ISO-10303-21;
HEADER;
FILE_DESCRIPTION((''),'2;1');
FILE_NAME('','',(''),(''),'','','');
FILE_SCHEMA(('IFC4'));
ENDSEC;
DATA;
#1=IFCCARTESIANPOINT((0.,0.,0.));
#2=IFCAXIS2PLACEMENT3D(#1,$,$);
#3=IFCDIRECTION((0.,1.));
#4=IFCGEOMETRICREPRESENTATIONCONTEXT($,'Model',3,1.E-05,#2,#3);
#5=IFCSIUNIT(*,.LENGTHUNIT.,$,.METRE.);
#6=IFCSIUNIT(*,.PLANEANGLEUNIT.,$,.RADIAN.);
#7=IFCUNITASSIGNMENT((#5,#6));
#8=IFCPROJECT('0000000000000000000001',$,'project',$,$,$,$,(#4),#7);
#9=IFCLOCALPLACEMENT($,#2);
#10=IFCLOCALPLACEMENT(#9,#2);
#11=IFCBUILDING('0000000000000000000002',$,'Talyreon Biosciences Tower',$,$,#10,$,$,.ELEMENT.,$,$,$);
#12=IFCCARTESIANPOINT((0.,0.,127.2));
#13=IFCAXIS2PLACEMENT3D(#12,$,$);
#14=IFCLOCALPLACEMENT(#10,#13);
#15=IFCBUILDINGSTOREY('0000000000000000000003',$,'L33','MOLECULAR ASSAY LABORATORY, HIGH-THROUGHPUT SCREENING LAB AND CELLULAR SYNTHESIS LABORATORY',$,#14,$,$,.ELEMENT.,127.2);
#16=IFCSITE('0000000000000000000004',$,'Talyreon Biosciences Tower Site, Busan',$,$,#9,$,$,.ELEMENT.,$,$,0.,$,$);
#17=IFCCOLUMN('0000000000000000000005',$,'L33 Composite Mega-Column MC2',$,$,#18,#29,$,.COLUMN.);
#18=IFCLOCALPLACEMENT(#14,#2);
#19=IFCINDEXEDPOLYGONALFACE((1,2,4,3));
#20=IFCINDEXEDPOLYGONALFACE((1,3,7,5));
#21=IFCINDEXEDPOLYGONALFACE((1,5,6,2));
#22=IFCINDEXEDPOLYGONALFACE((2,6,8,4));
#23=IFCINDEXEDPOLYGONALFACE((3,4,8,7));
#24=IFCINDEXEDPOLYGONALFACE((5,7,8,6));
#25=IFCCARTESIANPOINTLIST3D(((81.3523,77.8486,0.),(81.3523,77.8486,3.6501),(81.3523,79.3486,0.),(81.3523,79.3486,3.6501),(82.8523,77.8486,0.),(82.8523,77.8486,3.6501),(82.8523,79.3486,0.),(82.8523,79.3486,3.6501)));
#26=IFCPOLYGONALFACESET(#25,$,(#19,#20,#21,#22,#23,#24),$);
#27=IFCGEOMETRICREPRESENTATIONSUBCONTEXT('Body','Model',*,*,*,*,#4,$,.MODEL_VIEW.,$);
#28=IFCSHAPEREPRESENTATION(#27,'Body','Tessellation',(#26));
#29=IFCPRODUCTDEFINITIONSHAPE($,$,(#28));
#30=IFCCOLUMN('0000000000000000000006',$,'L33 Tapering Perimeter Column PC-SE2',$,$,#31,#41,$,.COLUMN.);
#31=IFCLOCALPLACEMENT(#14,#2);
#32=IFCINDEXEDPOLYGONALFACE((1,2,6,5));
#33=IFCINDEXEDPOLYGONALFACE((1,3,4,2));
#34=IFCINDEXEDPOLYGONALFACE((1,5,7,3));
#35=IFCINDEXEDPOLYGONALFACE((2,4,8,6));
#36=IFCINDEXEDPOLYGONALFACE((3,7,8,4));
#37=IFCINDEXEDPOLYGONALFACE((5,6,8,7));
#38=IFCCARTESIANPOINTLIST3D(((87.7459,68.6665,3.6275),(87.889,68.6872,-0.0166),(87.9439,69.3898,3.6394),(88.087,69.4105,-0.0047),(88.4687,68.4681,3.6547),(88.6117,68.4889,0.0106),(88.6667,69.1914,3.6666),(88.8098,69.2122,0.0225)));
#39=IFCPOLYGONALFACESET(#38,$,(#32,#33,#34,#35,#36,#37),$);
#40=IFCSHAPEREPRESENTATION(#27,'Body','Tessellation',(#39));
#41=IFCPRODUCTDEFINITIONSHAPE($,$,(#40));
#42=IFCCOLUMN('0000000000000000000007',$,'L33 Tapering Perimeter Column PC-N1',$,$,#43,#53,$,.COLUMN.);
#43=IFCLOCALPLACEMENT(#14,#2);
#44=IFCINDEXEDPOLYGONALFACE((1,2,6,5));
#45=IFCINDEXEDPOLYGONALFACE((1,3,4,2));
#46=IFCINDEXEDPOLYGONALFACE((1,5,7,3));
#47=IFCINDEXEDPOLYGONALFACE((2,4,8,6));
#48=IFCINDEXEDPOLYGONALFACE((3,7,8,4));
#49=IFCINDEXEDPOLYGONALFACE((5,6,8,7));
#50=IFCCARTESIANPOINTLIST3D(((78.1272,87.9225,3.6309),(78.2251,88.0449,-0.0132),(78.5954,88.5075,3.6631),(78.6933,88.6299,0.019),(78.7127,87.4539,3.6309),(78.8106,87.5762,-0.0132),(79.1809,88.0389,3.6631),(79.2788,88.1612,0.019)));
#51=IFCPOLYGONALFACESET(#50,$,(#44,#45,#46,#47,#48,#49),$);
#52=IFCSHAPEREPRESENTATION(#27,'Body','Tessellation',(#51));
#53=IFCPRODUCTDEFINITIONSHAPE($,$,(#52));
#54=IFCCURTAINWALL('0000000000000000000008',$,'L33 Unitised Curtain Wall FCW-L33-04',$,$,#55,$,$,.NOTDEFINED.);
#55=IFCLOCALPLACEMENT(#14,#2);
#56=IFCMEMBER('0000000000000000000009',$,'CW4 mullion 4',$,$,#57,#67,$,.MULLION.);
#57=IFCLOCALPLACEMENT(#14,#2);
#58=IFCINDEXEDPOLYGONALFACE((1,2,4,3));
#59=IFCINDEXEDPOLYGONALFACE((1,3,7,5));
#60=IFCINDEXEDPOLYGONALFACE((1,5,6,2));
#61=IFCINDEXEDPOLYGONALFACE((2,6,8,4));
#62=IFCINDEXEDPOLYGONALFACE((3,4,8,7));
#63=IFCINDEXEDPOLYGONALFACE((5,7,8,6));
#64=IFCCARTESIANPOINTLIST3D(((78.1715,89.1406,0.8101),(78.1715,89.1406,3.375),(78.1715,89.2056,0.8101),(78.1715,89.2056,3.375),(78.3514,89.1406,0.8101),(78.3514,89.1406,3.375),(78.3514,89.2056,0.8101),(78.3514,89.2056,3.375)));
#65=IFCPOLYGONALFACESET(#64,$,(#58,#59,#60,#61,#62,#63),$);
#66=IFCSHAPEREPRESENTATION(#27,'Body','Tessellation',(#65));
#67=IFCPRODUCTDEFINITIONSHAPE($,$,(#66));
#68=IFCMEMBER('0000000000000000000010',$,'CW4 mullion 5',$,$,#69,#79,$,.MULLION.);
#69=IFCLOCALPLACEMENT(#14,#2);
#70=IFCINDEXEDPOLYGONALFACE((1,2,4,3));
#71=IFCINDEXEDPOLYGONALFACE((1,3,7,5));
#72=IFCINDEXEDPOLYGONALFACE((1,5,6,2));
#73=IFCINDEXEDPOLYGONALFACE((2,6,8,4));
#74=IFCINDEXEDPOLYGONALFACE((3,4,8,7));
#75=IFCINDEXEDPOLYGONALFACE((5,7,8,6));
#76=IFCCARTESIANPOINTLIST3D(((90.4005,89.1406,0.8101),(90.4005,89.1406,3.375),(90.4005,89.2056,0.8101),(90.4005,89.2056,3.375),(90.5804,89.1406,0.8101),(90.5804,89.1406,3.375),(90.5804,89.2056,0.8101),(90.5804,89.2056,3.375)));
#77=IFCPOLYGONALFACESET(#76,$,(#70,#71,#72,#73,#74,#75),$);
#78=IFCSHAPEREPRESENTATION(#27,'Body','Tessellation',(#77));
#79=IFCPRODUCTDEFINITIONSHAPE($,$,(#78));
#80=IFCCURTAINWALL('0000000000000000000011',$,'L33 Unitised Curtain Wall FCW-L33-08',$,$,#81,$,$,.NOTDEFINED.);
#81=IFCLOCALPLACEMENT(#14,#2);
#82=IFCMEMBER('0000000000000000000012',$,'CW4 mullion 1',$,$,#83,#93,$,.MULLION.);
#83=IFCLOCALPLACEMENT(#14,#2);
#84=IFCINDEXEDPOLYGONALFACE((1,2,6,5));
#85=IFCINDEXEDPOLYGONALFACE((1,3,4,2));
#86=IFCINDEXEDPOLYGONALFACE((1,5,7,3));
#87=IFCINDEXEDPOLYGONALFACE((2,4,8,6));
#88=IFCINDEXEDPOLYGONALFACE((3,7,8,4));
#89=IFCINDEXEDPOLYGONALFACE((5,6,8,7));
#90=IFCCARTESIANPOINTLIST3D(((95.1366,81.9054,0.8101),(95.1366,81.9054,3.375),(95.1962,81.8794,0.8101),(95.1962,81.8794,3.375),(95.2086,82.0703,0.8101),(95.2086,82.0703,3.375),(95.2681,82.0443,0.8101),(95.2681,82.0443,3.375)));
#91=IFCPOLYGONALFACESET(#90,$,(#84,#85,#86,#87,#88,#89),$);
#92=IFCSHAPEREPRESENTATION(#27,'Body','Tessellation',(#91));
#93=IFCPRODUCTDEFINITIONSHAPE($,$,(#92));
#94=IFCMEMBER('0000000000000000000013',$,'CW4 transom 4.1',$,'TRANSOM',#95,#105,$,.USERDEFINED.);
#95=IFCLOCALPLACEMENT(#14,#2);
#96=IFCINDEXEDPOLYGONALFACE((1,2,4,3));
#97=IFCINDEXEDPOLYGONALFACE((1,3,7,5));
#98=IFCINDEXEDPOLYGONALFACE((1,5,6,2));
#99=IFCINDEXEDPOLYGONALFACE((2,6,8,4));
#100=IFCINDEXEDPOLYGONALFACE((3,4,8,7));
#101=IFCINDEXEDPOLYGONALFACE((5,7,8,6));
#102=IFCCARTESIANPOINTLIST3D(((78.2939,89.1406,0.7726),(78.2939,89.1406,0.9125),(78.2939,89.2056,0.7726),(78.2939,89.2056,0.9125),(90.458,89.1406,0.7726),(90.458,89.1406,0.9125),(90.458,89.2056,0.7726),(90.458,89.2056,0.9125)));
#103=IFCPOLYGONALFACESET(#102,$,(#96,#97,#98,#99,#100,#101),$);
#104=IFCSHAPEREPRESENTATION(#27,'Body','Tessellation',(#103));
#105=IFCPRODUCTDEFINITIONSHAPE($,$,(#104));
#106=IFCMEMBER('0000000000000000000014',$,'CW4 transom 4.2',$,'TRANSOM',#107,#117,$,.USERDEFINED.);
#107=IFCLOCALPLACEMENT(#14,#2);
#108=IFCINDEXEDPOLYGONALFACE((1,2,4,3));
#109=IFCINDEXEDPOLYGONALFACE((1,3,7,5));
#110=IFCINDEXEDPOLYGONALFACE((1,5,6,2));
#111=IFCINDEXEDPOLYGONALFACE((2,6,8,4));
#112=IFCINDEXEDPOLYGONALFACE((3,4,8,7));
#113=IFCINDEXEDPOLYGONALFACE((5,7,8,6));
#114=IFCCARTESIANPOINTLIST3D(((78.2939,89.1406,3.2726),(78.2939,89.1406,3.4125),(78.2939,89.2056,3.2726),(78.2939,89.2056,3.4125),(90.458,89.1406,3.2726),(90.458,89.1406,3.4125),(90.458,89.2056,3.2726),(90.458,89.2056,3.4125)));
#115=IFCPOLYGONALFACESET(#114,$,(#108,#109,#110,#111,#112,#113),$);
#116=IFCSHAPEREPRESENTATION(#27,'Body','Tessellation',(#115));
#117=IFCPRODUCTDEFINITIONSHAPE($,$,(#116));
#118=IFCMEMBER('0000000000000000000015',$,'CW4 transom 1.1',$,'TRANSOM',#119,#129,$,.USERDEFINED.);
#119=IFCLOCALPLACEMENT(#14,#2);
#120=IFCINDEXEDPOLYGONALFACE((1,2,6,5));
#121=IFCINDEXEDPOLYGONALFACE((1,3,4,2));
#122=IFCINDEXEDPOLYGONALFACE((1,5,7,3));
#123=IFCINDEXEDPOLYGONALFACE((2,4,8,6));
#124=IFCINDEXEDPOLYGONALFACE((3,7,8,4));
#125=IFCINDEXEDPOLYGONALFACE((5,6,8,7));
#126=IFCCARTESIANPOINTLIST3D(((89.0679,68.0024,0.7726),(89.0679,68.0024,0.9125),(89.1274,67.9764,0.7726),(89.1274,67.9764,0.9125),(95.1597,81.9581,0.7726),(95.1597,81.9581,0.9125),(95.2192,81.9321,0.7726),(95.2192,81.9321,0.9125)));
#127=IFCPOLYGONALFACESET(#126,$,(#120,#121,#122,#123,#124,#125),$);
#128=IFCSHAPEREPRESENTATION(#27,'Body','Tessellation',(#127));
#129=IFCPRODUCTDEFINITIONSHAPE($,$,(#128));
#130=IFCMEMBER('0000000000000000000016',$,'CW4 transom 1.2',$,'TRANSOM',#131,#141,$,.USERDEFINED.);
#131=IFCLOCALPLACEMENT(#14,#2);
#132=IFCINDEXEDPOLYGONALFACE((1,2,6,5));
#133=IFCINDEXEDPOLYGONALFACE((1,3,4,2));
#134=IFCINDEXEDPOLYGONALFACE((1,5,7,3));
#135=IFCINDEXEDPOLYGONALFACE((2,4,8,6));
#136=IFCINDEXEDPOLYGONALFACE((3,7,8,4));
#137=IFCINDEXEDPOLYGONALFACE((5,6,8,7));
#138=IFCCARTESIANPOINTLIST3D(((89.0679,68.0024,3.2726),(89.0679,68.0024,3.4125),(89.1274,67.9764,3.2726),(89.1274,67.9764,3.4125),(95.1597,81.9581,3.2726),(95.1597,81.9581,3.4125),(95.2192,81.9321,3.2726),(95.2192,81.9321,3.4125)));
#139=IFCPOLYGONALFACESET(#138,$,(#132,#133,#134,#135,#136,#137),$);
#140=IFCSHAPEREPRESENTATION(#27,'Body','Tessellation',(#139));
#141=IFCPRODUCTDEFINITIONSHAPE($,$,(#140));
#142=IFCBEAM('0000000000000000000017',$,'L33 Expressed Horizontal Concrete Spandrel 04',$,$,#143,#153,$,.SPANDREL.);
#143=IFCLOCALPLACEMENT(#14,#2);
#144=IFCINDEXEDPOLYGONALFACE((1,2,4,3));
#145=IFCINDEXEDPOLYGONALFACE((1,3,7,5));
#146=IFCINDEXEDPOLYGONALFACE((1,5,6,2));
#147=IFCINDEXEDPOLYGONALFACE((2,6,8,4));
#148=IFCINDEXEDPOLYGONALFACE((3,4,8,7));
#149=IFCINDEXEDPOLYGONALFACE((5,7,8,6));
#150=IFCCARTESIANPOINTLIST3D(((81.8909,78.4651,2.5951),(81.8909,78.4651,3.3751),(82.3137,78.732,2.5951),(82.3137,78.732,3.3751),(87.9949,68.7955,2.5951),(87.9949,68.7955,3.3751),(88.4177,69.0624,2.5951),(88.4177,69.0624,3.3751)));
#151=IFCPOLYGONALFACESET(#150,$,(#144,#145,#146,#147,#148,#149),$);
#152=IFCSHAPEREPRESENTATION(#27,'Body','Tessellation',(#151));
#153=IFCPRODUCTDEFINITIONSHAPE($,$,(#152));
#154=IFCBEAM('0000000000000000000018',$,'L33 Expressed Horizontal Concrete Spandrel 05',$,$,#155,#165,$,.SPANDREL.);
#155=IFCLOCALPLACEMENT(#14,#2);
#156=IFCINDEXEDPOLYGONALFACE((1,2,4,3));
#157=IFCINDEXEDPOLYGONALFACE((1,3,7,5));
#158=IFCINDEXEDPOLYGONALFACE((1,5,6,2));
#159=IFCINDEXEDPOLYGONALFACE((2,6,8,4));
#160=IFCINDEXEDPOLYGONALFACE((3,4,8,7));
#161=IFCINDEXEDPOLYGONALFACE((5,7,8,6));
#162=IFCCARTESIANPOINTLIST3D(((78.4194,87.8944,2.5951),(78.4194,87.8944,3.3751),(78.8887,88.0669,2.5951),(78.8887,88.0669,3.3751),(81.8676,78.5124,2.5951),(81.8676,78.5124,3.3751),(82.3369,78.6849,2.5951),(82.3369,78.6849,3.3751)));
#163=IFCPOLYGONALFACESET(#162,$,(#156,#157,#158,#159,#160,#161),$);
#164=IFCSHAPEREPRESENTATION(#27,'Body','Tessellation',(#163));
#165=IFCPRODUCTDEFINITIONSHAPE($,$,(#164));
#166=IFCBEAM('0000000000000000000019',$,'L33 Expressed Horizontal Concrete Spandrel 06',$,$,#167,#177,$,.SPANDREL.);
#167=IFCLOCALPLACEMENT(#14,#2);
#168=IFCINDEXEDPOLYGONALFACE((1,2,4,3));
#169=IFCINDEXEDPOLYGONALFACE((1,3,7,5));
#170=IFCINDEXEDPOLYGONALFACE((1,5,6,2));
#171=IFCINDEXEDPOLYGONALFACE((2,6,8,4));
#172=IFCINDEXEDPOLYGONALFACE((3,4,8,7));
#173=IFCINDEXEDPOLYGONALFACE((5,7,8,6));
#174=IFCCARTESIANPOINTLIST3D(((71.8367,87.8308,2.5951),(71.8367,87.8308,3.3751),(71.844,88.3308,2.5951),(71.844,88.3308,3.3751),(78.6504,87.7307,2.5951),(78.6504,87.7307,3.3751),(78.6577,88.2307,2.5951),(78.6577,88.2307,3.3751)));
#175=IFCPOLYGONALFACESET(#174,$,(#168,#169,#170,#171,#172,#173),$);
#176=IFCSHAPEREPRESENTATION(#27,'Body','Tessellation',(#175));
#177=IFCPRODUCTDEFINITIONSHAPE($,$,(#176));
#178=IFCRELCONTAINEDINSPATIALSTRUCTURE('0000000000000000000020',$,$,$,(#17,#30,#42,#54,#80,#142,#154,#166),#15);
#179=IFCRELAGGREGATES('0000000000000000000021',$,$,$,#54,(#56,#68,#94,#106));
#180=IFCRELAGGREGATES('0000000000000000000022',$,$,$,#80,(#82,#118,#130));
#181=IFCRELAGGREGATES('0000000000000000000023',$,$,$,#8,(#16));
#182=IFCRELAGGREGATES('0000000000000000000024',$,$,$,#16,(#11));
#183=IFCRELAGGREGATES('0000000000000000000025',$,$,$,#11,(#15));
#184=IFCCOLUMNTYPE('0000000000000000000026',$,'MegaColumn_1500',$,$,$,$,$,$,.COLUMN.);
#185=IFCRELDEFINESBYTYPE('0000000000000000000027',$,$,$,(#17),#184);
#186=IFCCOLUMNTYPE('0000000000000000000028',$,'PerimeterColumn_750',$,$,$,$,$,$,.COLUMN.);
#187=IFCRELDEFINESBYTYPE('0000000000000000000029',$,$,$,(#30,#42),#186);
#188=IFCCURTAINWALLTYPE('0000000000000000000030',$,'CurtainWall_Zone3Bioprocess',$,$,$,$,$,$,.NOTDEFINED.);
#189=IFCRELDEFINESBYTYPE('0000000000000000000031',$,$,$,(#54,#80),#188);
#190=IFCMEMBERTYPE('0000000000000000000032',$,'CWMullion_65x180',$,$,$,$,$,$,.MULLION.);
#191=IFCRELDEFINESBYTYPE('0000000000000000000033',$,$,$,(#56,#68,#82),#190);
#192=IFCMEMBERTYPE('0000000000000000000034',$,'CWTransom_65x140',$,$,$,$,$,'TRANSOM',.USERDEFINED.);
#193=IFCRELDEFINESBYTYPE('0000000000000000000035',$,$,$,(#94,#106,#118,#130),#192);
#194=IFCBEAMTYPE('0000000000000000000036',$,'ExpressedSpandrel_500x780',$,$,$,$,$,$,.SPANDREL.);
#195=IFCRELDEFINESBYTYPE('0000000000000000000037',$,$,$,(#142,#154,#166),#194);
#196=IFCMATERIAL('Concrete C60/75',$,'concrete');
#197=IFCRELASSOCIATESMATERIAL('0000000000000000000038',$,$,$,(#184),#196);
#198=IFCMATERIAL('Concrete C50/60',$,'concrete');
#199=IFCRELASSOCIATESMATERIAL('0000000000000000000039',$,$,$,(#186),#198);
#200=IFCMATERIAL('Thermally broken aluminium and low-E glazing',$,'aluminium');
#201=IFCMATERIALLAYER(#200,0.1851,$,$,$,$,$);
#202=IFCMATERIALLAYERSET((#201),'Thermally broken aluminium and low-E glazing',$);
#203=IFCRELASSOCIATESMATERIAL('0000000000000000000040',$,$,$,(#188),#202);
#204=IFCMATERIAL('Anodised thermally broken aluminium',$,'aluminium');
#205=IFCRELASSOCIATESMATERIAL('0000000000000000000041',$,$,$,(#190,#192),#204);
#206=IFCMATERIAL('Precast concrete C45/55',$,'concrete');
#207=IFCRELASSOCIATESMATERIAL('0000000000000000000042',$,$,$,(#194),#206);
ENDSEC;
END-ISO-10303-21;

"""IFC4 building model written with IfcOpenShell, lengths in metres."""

from ifc_helpers import new_model, si_unit, direction, frame, origin, origin_2d, place, context, subcontext, project, spatial, rectangle, extrude, material, layer, layer_set, material_profile, profile_set, type_object, element, aggregate, save


model = new_model("IFC4")

# Units and contexts
model_context = context("Model", 3, precision=1e-05, world=origin(), true_north=direction((0.0, 1.0)))
body_context = subcontext(model_context, "Body", "Model", "MODEL_VIEW")
ifc_project = project(units=[si_unit("LENGTHUNIT", "METRE"), si_unit("PLANEANGLEUNIT", "RADIAN")], contexts=[model_context])

# Site, building, storey
site_placement = place(None, origin())
site = spatial("IfcSite", under=ifc_project, at=site_placement, Name="Talyreon Biosciences Tower Site, Busan", CompositionType="ELEMENT", RefElevation=0.0)
building_placement = place(site_placement, origin())
building = spatial("IfcBuilding", under=site, at=building_placement, Name="Talyreon Biosciences Tower", CompositionType="ELEMENT")
storey_placement = place(building_placement, frame((0.0, 0.0, 127.2)))
storey = spatial("IfcBuildingStorey", under=building, at=storey_placement, Name="L33", Description="MOLECULAR ASSAY LABORATORY, HIGH-THROUGHPUT SCREENING LAB AND CELLULAR SYNTHESIS LABORATORY", CompositionType="ELEMENT", Elevation=127.2)

# Columns
ifc_material_1 = material(Name="Concrete C60/75", Category="concrete")
ifc_material_profile_1 = material_profile(ifc_material_1, rectangle(XDim=1.5, YDim=1.5, at=origin_2d()), Name="RC 1500x1500")
ifc_profile_set_1 = profile_set([ifc_material_profile_1], Name="Concrete C60/75")
column_type_1 = type_object("IfcColumnType", Name="MegaColumn_1500", PredefinedType="COLUMN", material=ifc_profile_set_1)
column_1_placement = place(storey_placement, frame((82.1023, 78.5986, 0.0), z_axis=(0.0, 0.0, 1.0), x_axis=(1.0, 0.0, 0.0)))
element("IfcColumn", 1, at=column_1_placement, inside=storey, type_object=column_type_1, Name="L33 Composite Mega-Column MC2", PredefinedType="COLUMN", context=body_context, shape_type="SweptSolid", body=[
    extrude(rectangle(XDim=1.5, YDim=1.5, at=origin_2d()), origin(), (0.0, 0.0, 1.0), 3.6501),
])
ifc_material_2 = material(Name="Concrete C50/60", Category="concrete")
ifc_material_profile_2 = material_profile(ifc_material_2, rectangle(XDim=0.75, YDim=0.75, at=origin_2d()), Name="RC 750x750")
ifc_profile_set_2 = profile_set([ifc_material_profile_2], Name="Concrete C50/60")
column_type_2 = type_object("IfcColumnType", Name="PerimeterColumn_750", PredefinedType="COLUMN", material=ifc_profile_set_2)
column_2_placement = place(storey_placement, frame((88.3494, 68.9497, 0.0029), z_axis=(-0.039229, -0.00569, 0.999214), x_axis=(0.963712, -0.26446, 0.03633)))
element("IfcColumn", 2, at=column_2_placement, inside=storey, type_object=column_type_2, Name="L33 Tapering Perimeter Column PC-SE2", PredefinedType="COLUMN", context=body_context, shape_type="SweptSolid", body=[
    extrude(rectangle(XDim=0.75, YDim=0.75, at=origin_2d()), origin(), (0.0, 0.0, 1.0), 3.647),
])
column_3_placement = place(storey_placement, frame((78.752, 88.103, 0.0029), z_axis=(-0.026841, -0.033535, 0.999077), x_axis=(-0.780717, 0.624885, 0.0)))
element("IfcColumn", 3, at=column_3_placement, inside=storey, type_object=column_type_2, Name="L33 Tapering Perimeter Column PC-N1", PredefinedType="COLUMN", context=body_context, shape_type="SweptSolid", body=[
    extrude(rectangle(XDim=0.75, YDim=0.75, at=origin_2d()), origin(), (0.0, 0.0, 1.0), 3.6475),
])

# Curtain wall, members
ifc_material_3 = material(Name="Thermally broken aluminium and low-E glazing", Category="aluminium")
ifc_layer_1 = layer(ifc_material_3, 0.1851)
ifc_layer_set_1 = layer_set([ifc_layer_1], Name="Thermally broken aluminium and low-E glazing")
curtain_wall_type = type_object("IfcCurtainWallType", Name="CurtainWall_Zone3Bioprocess", PredefinedType="NOTDEFINED", material=ifc_layer_set_1)
curtain_wall_1_placement = place(storey_placement, origin())
curtain_wall_1 = element("IfcCurtainWall", 4, at=curtain_wall_1_placement, inside=storey, type_object=curtain_wall_type, Name="L33 Unitised Curtain Wall FCW-L33-04", PredefinedType="NOTDEFINED")
ifc_material_4 = material(Name="Anodised thermally broken aluminium", Category="aluminium")
ifc_material_profile_3 = material_profile(ifc_material_4, rectangle(XDim=0.0649, YDim=0.1799, at=origin_2d()), Name="ALUM MULLION 65x180")
ifc_profile_set_3 = profile_set([ifc_material_profile_3], Name="Anodised thermally broken aluminium")
member_type_1 = type_object("IfcMemberType", Name="CWMullion_65x180", PredefinedType="MULLION", material=ifc_profile_set_3)
member_1_placement = place(storey_placement, frame((78.2615, 89.1731, 0.8101), z_axis=(0.0, 0.0, 1.0), x_axis=(0.0, 1.0, 0.0)))
member_1 = element("IfcMember", 5, at=member_1_placement, type_object=member_type_1, Name="CW4 mullion 4", PredefinedType="MULLION", context=body_context, shape_type="SweptSolid", body=[
    extrude(rectangle(XDim=0.0649, YDim=0.1799, at=origin_2d()), origin(), (0.0, 0.0, 1.0), 2.5649),
])
member_2_placement = place(storey_placement, frame((90.4905, 89.1731, 0.8101), z_axis=(0.0, 0.0, 1.0), x_axis=(0.0, 1.0, 0.0)))
member_2 = element("IfcMember", 6, at=member_2_placement, type_object=member_type_1, Name="CW4 mullion 5", PredefinedType="MULLION", context=body_context, shape_type="SweptSolid", body=[
    extrude(rectangle(XDim=0.0649, YDim=0.1799, at=origin_2d()), origin(), (0.0, 0.0, 1.0), 2.5649),
])

# Curtain wall, member
curtain_wall_2_placement = place(storey_placement, origin())
curtain_wall_2 = element("IfcCurtainWall", 7, at=curtain_wall_2_placement, inside=storey, type_object=curtain_wall_type, Name="L33 Unitised Curtain Wall FCW-L33-08", PredefinedType="NOTDEFINED")
member_3_placement = place(storey_placement, frame((95.2024, 81.9749, 0.8101), z_axis=(0.0, 0.0, 1.0), x_axis=(0.91649, -0.400058, 0.0)))
member_3 = element("IfcMember", 8, at=member_3_placement, type_object=member_type_1, Name="CW4 mullion 1", PredefinedType="MULLION", context=body_context, shape_type="SweptSolid", body=[
    extrude(rectangle(XDim=0.0649, YDim=0.1799, at=origin_2d()), origin(), (0.0, 0.0, 1.0), 2.5649),
])

# Members
ifc_material_profile_4 = material_profile(ifc_material_4, rectangle(XDim=0.0649, YDim=0.1399, at=origin_2d()), Name="ALUM TRANSOM 65x140")
ifc_profile_set_4 = profile_set([ifc_material_profile_4], Name="Anodised thermally broken aluminium")
member_type_2 = type_object("IfcMemberType", Name="CWTransom_65x140", ElementType="TRANSOM", PredefinedType="USERDEFINED", material=ifc_profile_set_4)
member_4_placement = place(storey_placement, frame((78.2939, 89.1731, 0.8425), z_axis=(1.0, 0.0, 0.0), x_axis=(0.0, 1.0, 0.0)))
member_4 = element("IfcMember", 9, at=member_4_placement, type_object=member_type_2, Name="CW4 transom 4.1", ObjectType="TRANSOM", PredefinedType="USERDEFINED", context=body_context, shape_type="SweptSolid", body=[
    extrude(rectangle(XDim=0.0649, YDim=0.1399, at=origin_2d()), origin(), (0.0, 0.0, 1.0), 12.1641),
])
member_5_placement = place(storey_placement, frame((78.2939, 89.1731, 3.3425), z_axis=(1.0, 0.0, 0.0), x_axis=(0.0, 1.0, 0.0)))
member_5 = element("IfcMember", 10, at=member_5_placement, type_object=member_type_2, Name="CW4 transom 4.2", ObjectType="TRANSOM", PredefinedType="USERDEFINED", context=body_context, shape_type="SweptSolid", body=[
    extrude(rectangle(XDim=0.0649, YDim=0.1399, at=origin_2d()), origin(), (0.0, 0.0, 1.0), 12.1641),
])
member_6_placement = place(storey_placement, frame((95.1895, 81.9451, 0.8425), z_axis=(-0.40006, -0.916489, 0.0), x_axis=(0.916489, -0.40006, 0.0)))
member_6 = element("IfcMember", 11, at=member_6_placement, type_object=member_type_2, Name="CW4 transom 1.1", ObjectType="TRANSOM", PredefinedType="USERDEFINED", context=body_context, shape_type="SweptSolid", body=[
    extrude(rectangle(XDim=0.0649, YDim=0.1399, at=origin_2d()), origin(), (0.0, 0.0, 1.0), 15.2273),
])
member_7_placement = place(storey_placement, frame((95.1895, 81.9451, 3.3425), z_axis=(-0.40006, -0.916489, 0.0), x_axis=(0.916489, -0.40006, 0.0)))
member_7 = element("IfcMember", 12, at=member_7_placement, type_object=member_type_2, Name="CW4 transom 1.2", ObjectType="TRANSOM", PredefinedType="USERDEFINED", context=body_context, shape_type="SweptSolid", body=[
    extrude(rectangle(XDim=0.0649, YDim=0.1399, at=origin_2d()), origin(), (0.0, 0.0, 1.0), 15.2273),
])

# Beams
ifc_material_5 = material(Name="Precast concrete C45/55", Category="concrete")
ifc_material_profile_5 = material_profile(ifc_material_5, rectangle(XDim=0.5, YDim=0.78, at=origin_2d()), Name="RCB 500x780")
ifc_profile_set_5 = profile_set([ifc_material_profile_5], Name="Precast concrete C45/55")
beam_type_1 = type_object("IfcBeamType", Name="ExpressedSpandrel_500x780", PredefinedType="SPANDREL", material=ifc_profile_set_5)
beam_1_placement = place(storey_placement, frame((88.2063, 68.929, 2.9851), z_axis=(-0.533795, 0.845614, 0.0), x_axis=(-0.845614, -0.533795, 0.0)))
element("IfcBeam", 13, at=beam_1_placement, inside=storey, type_object=beam_type_1, Name="L33 Expressed Horizontal Concrete Spandrel 04", PredefinedType="SPANDREL", context=body_context, shape_type="SweptSolid", body=[
    extrude(rectangle(XDim=0.5, YDim=0.78, at=origin_2d()), origin(), (0.0, 0.0, 1.0), 11.4351),
])
beam_2_placement = place(storey_placement, frame((82.1023, 78.5986, 2.9851), z_axis=(-0.344973, 0.938613, 0.0), x_axis=(-0.938613, -0.344973, 0.0)))
element("IfcBeam", 14, at=beam_2_placement, inside=storey, type_object=beam_type_1, Name="L33 Expressed Horizontal Concrete Spandrel 05", PredefinedType="SPANDREL", context=body_context, shape_type="SweptSolid", body=[
    extrude(rectangle(XDim=0.5, YDim=0.78, at=origin_2d()), origin(), (0.0, 0.0, 1.0), 9.9956),
])
beam_3_placement = place(storey_placement, frame((78.6541, 87.9807, 2.9851), z_axis=(-0.999892, 0.014689, 0.0), x_axis=(-0.014689, -0.999892, 0.0)))
element("IfcBeam", 15, at=beam_3_placement, inside=storey, type_object=beam_type_1, Name="L33 Expressed Horizontal Concrete Spandrel 06", PredefinedType="SPANDREL", context=body_context, shape_type="SweptSolid", body=[
    extrude(rectangle(XDim=0.5, YDim=0.78, at=origin_2d()), origin(), (0.0, 0.0, 1.0), 6.8145),
])

aggregate(curtain_wall_1, [member_1, member_2, member_4, member_5])
aggregate(curtain_wall_2, [member_3, member_6, member_7])

save(model, "model.ifc")
